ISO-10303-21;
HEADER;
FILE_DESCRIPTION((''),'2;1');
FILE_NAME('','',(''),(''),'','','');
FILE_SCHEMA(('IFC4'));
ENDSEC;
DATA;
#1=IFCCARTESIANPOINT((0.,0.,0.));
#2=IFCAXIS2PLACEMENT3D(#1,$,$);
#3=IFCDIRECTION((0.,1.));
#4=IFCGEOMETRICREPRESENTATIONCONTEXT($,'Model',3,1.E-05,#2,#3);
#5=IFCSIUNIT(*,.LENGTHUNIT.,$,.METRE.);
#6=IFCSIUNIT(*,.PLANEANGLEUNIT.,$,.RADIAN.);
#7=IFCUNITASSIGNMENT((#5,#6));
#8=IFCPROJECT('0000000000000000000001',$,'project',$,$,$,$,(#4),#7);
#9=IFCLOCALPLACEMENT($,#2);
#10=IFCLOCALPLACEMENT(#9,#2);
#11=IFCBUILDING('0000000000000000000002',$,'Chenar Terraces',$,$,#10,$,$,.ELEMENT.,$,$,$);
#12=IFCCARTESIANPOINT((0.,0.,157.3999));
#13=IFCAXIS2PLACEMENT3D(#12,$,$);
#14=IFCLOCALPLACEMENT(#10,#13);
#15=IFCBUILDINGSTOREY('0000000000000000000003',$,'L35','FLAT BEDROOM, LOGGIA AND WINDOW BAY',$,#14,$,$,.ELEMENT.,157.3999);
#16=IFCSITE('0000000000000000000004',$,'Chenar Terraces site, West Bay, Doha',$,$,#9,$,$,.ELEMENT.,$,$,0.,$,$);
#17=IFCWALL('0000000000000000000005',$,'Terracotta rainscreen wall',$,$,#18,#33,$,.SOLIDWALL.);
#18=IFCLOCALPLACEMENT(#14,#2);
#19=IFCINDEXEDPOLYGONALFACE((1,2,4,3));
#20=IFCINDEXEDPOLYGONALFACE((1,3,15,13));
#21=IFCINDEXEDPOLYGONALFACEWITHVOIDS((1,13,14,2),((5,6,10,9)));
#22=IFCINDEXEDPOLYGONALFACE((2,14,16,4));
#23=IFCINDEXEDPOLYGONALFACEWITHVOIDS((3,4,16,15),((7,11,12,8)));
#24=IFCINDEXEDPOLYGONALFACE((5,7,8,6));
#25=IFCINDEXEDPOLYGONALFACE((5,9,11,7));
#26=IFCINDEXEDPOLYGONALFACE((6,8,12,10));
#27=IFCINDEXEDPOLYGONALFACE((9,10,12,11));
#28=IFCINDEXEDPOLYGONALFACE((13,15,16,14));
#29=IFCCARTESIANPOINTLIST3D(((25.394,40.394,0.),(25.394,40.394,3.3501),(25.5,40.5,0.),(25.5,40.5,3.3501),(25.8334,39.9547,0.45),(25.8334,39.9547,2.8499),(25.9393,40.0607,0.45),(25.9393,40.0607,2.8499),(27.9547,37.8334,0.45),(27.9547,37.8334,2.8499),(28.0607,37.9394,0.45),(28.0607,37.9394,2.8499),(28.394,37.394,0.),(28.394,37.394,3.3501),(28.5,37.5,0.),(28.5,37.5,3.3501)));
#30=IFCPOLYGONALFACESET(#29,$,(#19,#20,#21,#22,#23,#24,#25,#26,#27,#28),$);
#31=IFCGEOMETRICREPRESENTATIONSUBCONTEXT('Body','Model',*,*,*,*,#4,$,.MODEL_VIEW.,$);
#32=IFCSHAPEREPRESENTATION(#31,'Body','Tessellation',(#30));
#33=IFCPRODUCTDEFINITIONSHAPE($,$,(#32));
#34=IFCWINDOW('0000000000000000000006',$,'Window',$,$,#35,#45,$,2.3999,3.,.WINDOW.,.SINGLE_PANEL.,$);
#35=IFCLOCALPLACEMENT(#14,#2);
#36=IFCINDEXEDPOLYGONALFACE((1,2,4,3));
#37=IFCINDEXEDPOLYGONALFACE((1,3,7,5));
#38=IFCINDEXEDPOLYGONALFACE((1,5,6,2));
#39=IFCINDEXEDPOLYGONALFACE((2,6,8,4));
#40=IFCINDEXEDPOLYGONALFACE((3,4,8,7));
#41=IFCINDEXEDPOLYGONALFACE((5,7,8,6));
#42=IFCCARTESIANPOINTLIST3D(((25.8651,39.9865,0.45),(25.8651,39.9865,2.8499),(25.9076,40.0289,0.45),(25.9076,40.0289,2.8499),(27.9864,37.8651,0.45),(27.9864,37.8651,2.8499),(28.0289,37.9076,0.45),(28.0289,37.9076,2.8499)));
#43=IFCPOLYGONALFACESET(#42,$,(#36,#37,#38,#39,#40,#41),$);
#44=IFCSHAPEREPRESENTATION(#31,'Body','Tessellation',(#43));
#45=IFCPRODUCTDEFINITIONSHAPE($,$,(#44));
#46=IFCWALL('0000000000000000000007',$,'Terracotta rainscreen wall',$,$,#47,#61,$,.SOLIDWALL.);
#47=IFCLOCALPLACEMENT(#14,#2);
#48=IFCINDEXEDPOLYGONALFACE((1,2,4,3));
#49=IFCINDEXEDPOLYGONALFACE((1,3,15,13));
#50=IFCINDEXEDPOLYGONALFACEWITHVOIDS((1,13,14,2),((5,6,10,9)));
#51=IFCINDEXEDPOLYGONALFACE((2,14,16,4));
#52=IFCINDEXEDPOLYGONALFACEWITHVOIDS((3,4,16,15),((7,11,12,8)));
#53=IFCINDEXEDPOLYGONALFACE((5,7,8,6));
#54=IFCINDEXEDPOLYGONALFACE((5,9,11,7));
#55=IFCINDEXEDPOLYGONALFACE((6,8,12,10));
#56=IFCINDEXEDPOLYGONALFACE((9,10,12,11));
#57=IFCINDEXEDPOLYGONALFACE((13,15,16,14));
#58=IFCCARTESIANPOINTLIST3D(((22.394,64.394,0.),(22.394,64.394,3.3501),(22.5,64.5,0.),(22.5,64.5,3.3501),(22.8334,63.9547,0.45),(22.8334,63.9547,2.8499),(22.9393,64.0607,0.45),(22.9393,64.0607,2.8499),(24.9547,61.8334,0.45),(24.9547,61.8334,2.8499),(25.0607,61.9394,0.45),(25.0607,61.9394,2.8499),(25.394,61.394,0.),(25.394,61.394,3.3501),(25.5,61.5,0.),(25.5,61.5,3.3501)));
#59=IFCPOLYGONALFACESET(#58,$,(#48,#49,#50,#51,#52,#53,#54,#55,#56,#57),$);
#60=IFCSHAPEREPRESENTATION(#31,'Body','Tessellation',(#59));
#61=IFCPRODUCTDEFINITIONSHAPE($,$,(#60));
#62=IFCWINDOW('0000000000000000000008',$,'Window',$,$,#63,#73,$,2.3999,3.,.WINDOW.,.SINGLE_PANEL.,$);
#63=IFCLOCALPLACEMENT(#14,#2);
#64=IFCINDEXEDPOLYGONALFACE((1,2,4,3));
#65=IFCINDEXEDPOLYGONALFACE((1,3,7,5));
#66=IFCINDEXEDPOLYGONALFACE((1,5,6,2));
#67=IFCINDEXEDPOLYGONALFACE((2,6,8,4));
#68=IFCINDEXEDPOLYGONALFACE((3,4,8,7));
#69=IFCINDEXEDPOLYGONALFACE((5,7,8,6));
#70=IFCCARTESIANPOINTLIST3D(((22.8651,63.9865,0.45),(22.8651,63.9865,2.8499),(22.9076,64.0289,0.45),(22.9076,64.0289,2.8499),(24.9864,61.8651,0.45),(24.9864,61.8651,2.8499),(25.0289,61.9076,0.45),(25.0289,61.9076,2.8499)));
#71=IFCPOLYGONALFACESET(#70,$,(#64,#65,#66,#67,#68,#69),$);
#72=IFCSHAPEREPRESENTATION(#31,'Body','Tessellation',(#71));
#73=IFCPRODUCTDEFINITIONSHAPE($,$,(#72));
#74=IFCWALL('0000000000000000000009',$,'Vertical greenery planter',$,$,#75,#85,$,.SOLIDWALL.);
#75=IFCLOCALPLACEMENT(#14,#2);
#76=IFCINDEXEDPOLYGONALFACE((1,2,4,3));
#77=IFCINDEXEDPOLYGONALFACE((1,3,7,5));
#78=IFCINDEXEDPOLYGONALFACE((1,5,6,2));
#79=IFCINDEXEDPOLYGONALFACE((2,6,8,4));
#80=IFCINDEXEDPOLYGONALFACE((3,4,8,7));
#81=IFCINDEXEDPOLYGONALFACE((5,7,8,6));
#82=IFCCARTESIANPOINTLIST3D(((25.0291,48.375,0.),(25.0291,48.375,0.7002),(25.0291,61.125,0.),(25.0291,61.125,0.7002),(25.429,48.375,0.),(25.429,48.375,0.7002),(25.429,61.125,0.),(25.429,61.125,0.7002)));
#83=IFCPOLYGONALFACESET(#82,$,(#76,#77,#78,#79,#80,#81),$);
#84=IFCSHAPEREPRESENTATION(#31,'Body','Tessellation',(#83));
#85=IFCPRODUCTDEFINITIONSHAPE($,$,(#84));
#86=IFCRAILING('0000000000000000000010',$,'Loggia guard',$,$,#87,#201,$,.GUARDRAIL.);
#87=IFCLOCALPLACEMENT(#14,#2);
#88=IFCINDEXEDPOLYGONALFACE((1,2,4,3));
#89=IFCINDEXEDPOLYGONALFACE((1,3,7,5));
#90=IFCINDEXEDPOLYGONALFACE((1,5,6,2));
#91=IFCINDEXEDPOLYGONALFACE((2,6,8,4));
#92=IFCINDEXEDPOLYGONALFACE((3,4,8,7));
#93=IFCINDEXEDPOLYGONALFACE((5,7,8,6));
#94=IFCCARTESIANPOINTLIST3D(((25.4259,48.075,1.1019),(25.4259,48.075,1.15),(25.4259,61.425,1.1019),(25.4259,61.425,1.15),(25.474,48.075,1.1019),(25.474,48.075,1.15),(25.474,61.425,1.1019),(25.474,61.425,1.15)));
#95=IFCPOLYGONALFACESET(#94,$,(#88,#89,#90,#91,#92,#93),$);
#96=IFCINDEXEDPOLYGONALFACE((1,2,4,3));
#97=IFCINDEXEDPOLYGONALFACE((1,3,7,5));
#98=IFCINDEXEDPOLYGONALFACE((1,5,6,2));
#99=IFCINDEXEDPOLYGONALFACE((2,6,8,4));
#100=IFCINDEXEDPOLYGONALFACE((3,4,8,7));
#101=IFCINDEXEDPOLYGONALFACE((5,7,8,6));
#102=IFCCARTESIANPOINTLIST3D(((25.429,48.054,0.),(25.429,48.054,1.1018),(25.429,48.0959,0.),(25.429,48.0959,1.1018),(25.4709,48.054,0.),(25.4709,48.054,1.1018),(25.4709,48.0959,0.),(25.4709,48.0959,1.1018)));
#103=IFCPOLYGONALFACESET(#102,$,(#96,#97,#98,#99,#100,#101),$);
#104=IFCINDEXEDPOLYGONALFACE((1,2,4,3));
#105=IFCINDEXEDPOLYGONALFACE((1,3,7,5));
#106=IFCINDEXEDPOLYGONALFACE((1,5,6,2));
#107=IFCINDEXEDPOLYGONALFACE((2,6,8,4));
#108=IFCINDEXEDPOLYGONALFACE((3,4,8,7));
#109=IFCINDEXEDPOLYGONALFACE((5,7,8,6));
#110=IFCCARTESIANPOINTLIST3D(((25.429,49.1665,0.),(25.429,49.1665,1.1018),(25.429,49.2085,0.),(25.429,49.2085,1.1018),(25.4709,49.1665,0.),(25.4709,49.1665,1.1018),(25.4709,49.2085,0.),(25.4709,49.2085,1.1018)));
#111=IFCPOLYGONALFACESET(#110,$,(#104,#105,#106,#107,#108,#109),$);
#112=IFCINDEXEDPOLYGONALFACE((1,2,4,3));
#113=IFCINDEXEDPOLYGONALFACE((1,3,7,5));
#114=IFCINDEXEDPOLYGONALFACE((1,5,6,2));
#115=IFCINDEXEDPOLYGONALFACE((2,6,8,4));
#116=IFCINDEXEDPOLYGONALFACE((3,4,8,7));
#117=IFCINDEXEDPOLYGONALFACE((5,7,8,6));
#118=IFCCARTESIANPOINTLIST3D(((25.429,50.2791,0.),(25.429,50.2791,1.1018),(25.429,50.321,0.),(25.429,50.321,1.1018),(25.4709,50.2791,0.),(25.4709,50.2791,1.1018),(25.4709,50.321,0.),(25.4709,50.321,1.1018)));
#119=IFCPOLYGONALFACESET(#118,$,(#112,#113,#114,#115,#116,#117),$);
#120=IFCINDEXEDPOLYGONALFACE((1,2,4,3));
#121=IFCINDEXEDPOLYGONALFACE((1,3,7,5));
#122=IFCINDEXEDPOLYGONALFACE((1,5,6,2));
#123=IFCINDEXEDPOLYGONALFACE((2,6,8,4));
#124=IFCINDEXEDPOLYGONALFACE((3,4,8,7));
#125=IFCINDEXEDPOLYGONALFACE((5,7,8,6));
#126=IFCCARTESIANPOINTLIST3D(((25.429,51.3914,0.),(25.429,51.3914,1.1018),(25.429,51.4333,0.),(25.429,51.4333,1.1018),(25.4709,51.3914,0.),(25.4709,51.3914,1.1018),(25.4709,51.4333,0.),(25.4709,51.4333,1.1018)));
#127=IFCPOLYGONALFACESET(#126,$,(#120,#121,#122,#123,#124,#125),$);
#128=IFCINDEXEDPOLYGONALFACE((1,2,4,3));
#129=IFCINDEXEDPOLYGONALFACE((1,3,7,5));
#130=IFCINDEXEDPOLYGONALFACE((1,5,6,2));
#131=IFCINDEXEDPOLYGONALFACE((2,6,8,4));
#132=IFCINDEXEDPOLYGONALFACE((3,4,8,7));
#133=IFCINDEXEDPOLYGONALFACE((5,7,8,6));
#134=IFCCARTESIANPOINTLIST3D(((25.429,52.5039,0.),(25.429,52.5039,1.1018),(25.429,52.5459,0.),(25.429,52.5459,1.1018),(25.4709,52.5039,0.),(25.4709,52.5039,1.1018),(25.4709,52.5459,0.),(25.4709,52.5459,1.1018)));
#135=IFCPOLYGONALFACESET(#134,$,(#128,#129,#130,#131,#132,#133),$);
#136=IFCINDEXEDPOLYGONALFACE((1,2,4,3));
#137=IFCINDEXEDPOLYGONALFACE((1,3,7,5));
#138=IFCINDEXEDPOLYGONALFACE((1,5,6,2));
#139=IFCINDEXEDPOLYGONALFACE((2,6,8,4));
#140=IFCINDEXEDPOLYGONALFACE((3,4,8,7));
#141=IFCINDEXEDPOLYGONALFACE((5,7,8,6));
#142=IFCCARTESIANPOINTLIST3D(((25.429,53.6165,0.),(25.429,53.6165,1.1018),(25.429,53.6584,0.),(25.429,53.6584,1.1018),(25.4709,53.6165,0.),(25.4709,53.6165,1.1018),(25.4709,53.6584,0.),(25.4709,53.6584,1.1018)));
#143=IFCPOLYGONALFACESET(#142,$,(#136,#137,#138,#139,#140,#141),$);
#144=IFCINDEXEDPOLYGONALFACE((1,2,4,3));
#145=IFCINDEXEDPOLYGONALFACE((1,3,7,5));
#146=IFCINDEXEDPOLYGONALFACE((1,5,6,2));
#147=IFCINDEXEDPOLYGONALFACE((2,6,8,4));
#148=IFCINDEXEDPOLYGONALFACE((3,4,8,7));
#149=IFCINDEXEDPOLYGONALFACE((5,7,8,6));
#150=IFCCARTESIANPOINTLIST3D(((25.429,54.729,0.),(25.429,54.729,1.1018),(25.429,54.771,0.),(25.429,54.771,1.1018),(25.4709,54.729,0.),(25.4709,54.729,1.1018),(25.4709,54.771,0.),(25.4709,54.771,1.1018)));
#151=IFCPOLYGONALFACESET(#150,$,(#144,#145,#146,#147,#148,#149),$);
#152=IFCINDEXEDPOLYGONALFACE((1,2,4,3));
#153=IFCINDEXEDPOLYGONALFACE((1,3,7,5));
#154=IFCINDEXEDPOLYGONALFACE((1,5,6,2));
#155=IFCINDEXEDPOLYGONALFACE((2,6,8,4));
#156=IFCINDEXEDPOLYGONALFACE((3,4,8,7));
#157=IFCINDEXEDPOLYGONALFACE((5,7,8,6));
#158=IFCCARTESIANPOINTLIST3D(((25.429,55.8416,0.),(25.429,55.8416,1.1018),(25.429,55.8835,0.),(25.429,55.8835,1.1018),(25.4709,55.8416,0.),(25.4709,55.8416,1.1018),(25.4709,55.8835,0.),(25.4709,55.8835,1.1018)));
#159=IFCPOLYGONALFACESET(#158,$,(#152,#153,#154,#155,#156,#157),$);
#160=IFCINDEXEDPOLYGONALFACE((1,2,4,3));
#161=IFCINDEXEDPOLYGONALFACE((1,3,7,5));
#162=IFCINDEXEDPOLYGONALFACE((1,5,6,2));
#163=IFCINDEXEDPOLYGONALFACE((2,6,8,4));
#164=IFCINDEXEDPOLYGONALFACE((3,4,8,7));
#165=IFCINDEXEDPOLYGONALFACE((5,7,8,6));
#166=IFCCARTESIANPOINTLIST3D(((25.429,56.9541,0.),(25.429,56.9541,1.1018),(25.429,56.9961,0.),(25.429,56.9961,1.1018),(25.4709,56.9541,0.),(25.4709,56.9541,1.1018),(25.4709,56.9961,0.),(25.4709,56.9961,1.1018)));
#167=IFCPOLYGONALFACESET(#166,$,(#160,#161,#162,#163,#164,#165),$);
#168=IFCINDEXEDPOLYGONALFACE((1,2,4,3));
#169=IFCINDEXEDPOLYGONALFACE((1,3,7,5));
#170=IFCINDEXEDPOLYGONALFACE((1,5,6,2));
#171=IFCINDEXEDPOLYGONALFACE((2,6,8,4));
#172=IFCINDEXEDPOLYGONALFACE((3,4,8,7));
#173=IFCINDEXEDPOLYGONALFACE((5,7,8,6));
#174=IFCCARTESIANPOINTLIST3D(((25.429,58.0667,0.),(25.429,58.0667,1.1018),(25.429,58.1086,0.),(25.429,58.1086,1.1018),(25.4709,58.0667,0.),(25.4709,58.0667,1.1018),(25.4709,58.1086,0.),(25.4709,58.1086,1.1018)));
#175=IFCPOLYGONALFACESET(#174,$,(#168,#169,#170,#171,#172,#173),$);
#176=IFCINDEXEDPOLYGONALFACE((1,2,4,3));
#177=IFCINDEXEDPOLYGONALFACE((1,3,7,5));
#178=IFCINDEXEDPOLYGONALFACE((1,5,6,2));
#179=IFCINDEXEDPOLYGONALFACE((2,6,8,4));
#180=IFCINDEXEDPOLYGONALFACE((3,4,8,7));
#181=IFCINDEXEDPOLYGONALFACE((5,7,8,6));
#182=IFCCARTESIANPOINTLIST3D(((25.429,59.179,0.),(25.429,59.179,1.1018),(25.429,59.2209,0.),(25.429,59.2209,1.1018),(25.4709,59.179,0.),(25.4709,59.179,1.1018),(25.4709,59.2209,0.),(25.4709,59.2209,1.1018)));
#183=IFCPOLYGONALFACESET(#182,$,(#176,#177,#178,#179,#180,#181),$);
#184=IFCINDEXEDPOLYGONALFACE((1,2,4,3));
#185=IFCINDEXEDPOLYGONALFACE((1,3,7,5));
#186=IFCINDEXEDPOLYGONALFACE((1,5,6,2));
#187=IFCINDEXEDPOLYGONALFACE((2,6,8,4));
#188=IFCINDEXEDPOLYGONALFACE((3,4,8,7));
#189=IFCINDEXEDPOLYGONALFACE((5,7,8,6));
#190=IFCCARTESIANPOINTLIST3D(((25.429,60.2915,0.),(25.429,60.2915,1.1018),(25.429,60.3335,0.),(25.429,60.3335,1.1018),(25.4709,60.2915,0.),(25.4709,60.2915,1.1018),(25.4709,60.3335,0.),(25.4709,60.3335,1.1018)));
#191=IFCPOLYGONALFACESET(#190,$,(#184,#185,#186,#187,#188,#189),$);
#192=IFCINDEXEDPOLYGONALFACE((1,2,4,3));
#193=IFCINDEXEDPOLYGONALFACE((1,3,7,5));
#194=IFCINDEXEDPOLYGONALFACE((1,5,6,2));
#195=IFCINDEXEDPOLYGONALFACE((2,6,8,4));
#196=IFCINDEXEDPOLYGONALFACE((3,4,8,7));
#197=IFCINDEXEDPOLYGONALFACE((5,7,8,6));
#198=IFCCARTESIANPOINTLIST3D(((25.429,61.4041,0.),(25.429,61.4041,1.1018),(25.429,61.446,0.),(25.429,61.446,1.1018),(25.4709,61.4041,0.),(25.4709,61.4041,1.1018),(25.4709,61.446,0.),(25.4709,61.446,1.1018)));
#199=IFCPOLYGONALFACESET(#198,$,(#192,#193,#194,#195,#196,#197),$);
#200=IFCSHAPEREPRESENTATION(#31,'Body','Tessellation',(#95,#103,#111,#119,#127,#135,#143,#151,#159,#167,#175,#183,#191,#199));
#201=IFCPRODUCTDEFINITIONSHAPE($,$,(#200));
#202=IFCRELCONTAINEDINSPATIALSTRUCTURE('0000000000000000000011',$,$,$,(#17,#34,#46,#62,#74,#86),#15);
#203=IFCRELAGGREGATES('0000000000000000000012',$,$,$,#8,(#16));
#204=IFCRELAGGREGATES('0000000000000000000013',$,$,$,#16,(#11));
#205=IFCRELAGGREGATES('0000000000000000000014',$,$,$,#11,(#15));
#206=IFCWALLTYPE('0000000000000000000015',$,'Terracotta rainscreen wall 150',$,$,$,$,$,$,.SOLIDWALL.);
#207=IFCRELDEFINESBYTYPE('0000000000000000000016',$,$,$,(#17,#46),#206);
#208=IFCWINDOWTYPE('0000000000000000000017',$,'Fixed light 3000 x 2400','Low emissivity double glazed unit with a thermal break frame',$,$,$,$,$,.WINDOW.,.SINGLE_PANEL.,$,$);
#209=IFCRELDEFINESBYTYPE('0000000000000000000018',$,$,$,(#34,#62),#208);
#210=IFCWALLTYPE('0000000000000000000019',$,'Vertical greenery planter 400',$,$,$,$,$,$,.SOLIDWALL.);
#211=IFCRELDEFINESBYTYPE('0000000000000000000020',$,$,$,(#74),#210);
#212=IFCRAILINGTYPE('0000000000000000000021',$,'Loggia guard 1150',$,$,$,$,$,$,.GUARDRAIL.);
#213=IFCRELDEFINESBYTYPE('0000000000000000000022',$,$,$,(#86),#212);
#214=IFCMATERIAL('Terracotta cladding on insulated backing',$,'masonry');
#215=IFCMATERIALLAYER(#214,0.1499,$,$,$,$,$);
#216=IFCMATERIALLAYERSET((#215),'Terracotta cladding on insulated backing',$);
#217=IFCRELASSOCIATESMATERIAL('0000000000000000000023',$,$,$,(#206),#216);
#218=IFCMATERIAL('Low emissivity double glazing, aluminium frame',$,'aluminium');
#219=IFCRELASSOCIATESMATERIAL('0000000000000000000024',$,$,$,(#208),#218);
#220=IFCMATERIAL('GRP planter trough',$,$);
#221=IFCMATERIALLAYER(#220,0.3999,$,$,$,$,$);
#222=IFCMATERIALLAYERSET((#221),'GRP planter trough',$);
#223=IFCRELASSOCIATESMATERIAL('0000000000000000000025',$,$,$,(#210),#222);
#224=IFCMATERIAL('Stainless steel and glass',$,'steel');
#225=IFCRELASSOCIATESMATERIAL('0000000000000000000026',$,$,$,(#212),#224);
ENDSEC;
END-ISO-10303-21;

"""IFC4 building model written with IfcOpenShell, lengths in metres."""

from ifc_helpers import new_model, si_unit, direction, frame, frame_2d, origin, origin_2d, place, context, subcontext, project, spatial, rectangle, extrude, material, layer, layer_set, type_object, element, fill, save


model = new_model("IFC4")

# Units and contexts
model_context = context("Model", 3, precision=1e-05, world=origin(), true_north=direction((0.0, 1.0)))
body_context = subcontext(model_context, "Body", "Model", "MODEL_VIEW")
ifc_project = project(units=[si_unit("LENGTHUNIT", "METRE"), si_unit("PLANEANGLEUNIT", "RADIAN")], contexts=[model_context])

# Site, building, storey
site_placement = place(None, origin())
site = spatial("IfcSite", under=ifc_project, at=site_placement, Name="Chenar Terraces site, West Bay, Doha", CompositionType="ELEMENT", RefElevation=0.0)
building_placement = place(site_placement, origin())
building = spatial("IfcBuilding", under=site, at=building_placement, Name="Chenar Terraces", CompositionType="ELEMENT")
storey_placement = place(building_placement, frame((0.0, 0.0, 157.3999)))
storey = spatial("IfcBuildingStorey", under=building, at=storey_placement, Name="L35", Description="FLAT BEDROOM, LOGGIA AND WINDOW BAY", CompositionType="ELEMENT", Elevation=157.3999)

# Walls, openings, windows
ifc_material_1 = material(Name="Terracotta cladding on insulated backing", Category="masonry")
ifc_layer_1 = layer(ifc_material_1, 0.1499)
ifc_layer_set_1 = layer_set([ifc_layer_1], Name="Terracotta cladding on insulated backing")
wall_type_1 = type_object("IfcWallType", Name="Terracotta rainscreen wall 150", PredefinedType="SOLIDWALL", material=ifc_layer_set_1)
wall_1_placement = place(storey_placement, frame((28.447, 37.447, 0.0), z_axis=(0.0, 0.0, 1.0), x_axis=(-0.707107, 0.707107, 0.0)))
wall_1 = element("IfcWall", 1, at=wall_1_placement, inside=storey, type_object=wall_type_1, Name="Terracotta rainscreen wall", PredefinedType="SOLIDWALL", context=body_context, shape_type="SweptSolid", body=[
    extrude(rectangle(XDim=4.2427, YDim=0.1499, at=frame_2d((2.1213, 0.0))), origin(), (0.0, 0.0, 1.0), 3.3501),
])
opening_1_placement = place(wall_1_placement, frame((0.6213, 0.0, 0.45)))
opening_1 = element("IfcOpeningElement", 2, at=opening_1_placement, cuts=wall_1, PredefinedType="OPENING", context=body_context, shape_type="SweptSolid", body=[
    extrude(rectangle(XDim=3.0, YDim=2.3999, at=frame_2d((1.5, 1.2))), frame((0.0, 0.085, 0.0), z_axis=(0.0, -1.0, 0.0), x_axis=(1.0, 0.0, 0.0)), (0.0, 0.0, 1.0), 0.1699),
])
ifc_material_2 = material(Name="Low emissivity double glazing, aluminium frame", Category="aluminium")
window_type_1 = type_object("IfcWindowType", Name="Fixed light 3000 x 2400", Description="Low emissivity double glazed unit with a thermal break frame", PartitioningType="SINGLE_PANEL", PredefinedType="WINDOW", material=ifc_material_2)
window_1_placement = place(opening_1_placement, origin())
window_1 = element("IfcWindow", 3, at=window_1_placement, inside=storey, type_object=window_type_1, Name="Window", OverallHeight=2.3999, OverallWidth=3.0, PartitioningType="SINGLE_PANEL", PredefinedType="WINDOW", context=body_context, shape_type="SweptSolid", body=[
    extrude(rectangle(XDim=3.0, YDim=2.3999, at=frame_2d((1.5, 1.2))), frame((0.0, 0.03, 0.0), z_axis=(0.0, -1.0, 0.0), x_axis=(1.0, 0.0, 0.0)), (0.0, 0.0, 1.0), 0.0601),
])
fill(opening_1, window_1)
wall_2_placement = place(storey_placement, frame((25.447, 61.447, 0.0), z_axis=(0.0, 0.0, 1.0), x_axis=(-0.707107, 0.707107, 0.0)))
wall_2 = element("IfcWall", 4, at=wall_2_placement, inside=storey, type_object=wall_type_1, Name="Terracotta rainscreen wall", PredefinedType="SOLIDWALL", context=body_context, shape_type="SweptSolid", body=[
    extrude(rectangle(XDim=4.2427, YDim=0.1499, at=frame_2d((2.1213, 0.0))), origin(), (0.0, 0.0, 1.0), 3.3501),
])
opening_2_placement = place(wall_2_placement, frame((0.6213, 0.0, 0.45)))
opening_2 = element("IfcOpeningElement", 5, at=opening_2_placement, cuts=wall_2, PredefinedType="OPENING", context=body_context, shape_type="SweptSolid", body=[
    extrude(rectangle(XDim=3.0, YDim=2.3999, at=frame_2d((1.5, 1.2))), frame((0.0, 0.085, 0.0), z_axis=(0.0, -1.0, 0.0), x_axis=(1.0, 0.0, 0.0)), (0.0, 0.0, 1.0), 0.1699),
])
window_2_placement = place(opening_2_placement, origin())
window_2 = element("IfcWindow", 6, at=window_2_placement, inside=storey, type_object=window_type_1, Name="Window", OverallHeight=2.3999, OverallWidth=3.0, PartitioningType="SINGLE_PANEL", PredefinedType="WINDOW", context=body_context, shape_type="SweptSolid", body=[
    extrude(rectangle(XDim=3.0, YDim=2.3999, at=frame_2d((1.5, 1.2))), frame((0.0, 0.03, 0.0), z_axis=(0.0, -1.0, 0.0), x_axis=(1.0, 0.0, 0.0)), (0.0, 0.0, 1.0), 0.0601),
])
fill(opening_2, window_2)

# Wall
ifc_material_3 = material(Name="GRP planter trough")
ifc_layer_2 = layer(ifc_material_3, 0.3999)
ifc_layer_set_2 = layer_set([ifc_layer_2], Name="GRP planter trough")
wall_type_2 = type_object("IfcWallType", Name="Vertical greenery planter 400", PredefinedType="SOLIDWALL", material=ifc_layer_set_2)
wall_3_placement = place(storey_placement, frame((25.229, 48.375, 0.0), z_axis=(0.0, 0.0, 1.0), x_axis=(0.0, 1.0, 0.0)))
element("IfcWall", 7, at=wall_3_placement, inside=storey, type_object=wall_type_2, Name="Vertical greenery planter", PredefinedType="SOLIDWALL", context=body_context, shape_type="SweptSolid", body=[
    extrude(rectangle(XDim=12.75, YDim=0.3999, at=frame_2d((6.375, 0.0))), origin(), (0.0, 0.0, 1.0), 0.7002),
])

# Railing
ifc_material_4 = material(Name="Stainless steel and glass", Category="steel")
railing_type = type_object("IfcRailingType", Name="Loggia guard 1150", PredefinedType="GUARDRAIL", material=ifc_material_4)
railing_placement = place(storey_placement, frame((25.45, 48.075, 0.0)))
element("IfcRailing", 8, at=railing_placement, inside=storey, type_object=railing_type, Name="Loggia guard", PredefinedType="GUARDRAIL", context=body_context, shape_type="SweptSolid", body=[
    extrude(rectangle(XDim=0.0481, YDim=0.0481, at=origin_2d()), frame((0.0, 0.0, 1.126), z_axis=(0.0, 1.0, 0.0), x_axis=(-1.0, 0.0, 0.0)), (0.0, 0.0, 1.0), 13.3501),
    extrude(rectangle(XDim=0.042, YDim=0.042, at=origin_2d()), origin(), (0.0, 0.0, 1.0), 1.1018),
    extrude(rectangle(XDim=0.042, YDim=0.042, at=origin_2d()), frame((0.0, 1.1125, 0.0)), (0.0, 0.0, 1.0), 1.1018),
    extrude(rectangle(XDim=0.042, YDim=0.042, at=origin_2d()), frame((0.0, 2.2251, 0.0)), (0.0, 0.0, 1.0), 1.1018),
    extrude(rectangle(XDim=0.042, YDim=0.042, at=origin_2d()), frame((0.0, 3.3374, 0.0)), (0.0, 0.0, 1.0), 1.1018),
    extrude(rectangle(XDim=0.042, YDim=0.042, at=origin_2d()), frame((0.0, 4.45, 0.0)), (0.0, 0.0, 1.0), 1.1018),
    extrude(rectangle(XDim=0.042, YDim=0.042, at=origin_2d()), frame((0.0, 5.5625, 0.0)), (0.0, 0.0, 1.0), 1.1018),
    extrude(rectangle(XDim=0.042, YDim=0.042, at=origin_2d()), frame((0.0, 6.675, 0.0)), (0.0, 0.0, 1.0), 1.1018),
    extrude(rectangle(XDim=0.042, YDim=0.042, at=origin_2d()), frame((0.0, 7.7876, 0.0)), (0.0, 0.0, 1.0), 1.1018),
    extrude(rectangle(XDim=0.042, YDim=0.042, at=origin_2d()), frame((0.0, 8.9001, 0.0)), (0.0, 0.0, 1.0), 1.1018),
    extrude(rectangle(XDim=0.042, YDim=0.042, at=origin_2d()), frame((0.0, 10.0127, 0.0)), (0.0, 0.0, 1.0), 1.1018),
    extrude(rectangle(XDim=0.042, YDim=0.042, at=origin_2d()), frame((0.0, 11.125, 0.0)), (0.0, 0.0, 1.0), 1.1018),
    extrude(rectangle(XDim=0.042, YDim=0.042, at=origin_2d()), frame((0.0, 12.2375, 0.0)), (0.0, 0.0, 1.0), 1.1018),
    extrude(rectangle(XDim=0.042, YDim=0.042, at=origin_2d()), frame((0.0, 13.3501, 0.0)), (0.0, 0.0, 1.0), 1.1018),
])

save(model, "model.ifc")
